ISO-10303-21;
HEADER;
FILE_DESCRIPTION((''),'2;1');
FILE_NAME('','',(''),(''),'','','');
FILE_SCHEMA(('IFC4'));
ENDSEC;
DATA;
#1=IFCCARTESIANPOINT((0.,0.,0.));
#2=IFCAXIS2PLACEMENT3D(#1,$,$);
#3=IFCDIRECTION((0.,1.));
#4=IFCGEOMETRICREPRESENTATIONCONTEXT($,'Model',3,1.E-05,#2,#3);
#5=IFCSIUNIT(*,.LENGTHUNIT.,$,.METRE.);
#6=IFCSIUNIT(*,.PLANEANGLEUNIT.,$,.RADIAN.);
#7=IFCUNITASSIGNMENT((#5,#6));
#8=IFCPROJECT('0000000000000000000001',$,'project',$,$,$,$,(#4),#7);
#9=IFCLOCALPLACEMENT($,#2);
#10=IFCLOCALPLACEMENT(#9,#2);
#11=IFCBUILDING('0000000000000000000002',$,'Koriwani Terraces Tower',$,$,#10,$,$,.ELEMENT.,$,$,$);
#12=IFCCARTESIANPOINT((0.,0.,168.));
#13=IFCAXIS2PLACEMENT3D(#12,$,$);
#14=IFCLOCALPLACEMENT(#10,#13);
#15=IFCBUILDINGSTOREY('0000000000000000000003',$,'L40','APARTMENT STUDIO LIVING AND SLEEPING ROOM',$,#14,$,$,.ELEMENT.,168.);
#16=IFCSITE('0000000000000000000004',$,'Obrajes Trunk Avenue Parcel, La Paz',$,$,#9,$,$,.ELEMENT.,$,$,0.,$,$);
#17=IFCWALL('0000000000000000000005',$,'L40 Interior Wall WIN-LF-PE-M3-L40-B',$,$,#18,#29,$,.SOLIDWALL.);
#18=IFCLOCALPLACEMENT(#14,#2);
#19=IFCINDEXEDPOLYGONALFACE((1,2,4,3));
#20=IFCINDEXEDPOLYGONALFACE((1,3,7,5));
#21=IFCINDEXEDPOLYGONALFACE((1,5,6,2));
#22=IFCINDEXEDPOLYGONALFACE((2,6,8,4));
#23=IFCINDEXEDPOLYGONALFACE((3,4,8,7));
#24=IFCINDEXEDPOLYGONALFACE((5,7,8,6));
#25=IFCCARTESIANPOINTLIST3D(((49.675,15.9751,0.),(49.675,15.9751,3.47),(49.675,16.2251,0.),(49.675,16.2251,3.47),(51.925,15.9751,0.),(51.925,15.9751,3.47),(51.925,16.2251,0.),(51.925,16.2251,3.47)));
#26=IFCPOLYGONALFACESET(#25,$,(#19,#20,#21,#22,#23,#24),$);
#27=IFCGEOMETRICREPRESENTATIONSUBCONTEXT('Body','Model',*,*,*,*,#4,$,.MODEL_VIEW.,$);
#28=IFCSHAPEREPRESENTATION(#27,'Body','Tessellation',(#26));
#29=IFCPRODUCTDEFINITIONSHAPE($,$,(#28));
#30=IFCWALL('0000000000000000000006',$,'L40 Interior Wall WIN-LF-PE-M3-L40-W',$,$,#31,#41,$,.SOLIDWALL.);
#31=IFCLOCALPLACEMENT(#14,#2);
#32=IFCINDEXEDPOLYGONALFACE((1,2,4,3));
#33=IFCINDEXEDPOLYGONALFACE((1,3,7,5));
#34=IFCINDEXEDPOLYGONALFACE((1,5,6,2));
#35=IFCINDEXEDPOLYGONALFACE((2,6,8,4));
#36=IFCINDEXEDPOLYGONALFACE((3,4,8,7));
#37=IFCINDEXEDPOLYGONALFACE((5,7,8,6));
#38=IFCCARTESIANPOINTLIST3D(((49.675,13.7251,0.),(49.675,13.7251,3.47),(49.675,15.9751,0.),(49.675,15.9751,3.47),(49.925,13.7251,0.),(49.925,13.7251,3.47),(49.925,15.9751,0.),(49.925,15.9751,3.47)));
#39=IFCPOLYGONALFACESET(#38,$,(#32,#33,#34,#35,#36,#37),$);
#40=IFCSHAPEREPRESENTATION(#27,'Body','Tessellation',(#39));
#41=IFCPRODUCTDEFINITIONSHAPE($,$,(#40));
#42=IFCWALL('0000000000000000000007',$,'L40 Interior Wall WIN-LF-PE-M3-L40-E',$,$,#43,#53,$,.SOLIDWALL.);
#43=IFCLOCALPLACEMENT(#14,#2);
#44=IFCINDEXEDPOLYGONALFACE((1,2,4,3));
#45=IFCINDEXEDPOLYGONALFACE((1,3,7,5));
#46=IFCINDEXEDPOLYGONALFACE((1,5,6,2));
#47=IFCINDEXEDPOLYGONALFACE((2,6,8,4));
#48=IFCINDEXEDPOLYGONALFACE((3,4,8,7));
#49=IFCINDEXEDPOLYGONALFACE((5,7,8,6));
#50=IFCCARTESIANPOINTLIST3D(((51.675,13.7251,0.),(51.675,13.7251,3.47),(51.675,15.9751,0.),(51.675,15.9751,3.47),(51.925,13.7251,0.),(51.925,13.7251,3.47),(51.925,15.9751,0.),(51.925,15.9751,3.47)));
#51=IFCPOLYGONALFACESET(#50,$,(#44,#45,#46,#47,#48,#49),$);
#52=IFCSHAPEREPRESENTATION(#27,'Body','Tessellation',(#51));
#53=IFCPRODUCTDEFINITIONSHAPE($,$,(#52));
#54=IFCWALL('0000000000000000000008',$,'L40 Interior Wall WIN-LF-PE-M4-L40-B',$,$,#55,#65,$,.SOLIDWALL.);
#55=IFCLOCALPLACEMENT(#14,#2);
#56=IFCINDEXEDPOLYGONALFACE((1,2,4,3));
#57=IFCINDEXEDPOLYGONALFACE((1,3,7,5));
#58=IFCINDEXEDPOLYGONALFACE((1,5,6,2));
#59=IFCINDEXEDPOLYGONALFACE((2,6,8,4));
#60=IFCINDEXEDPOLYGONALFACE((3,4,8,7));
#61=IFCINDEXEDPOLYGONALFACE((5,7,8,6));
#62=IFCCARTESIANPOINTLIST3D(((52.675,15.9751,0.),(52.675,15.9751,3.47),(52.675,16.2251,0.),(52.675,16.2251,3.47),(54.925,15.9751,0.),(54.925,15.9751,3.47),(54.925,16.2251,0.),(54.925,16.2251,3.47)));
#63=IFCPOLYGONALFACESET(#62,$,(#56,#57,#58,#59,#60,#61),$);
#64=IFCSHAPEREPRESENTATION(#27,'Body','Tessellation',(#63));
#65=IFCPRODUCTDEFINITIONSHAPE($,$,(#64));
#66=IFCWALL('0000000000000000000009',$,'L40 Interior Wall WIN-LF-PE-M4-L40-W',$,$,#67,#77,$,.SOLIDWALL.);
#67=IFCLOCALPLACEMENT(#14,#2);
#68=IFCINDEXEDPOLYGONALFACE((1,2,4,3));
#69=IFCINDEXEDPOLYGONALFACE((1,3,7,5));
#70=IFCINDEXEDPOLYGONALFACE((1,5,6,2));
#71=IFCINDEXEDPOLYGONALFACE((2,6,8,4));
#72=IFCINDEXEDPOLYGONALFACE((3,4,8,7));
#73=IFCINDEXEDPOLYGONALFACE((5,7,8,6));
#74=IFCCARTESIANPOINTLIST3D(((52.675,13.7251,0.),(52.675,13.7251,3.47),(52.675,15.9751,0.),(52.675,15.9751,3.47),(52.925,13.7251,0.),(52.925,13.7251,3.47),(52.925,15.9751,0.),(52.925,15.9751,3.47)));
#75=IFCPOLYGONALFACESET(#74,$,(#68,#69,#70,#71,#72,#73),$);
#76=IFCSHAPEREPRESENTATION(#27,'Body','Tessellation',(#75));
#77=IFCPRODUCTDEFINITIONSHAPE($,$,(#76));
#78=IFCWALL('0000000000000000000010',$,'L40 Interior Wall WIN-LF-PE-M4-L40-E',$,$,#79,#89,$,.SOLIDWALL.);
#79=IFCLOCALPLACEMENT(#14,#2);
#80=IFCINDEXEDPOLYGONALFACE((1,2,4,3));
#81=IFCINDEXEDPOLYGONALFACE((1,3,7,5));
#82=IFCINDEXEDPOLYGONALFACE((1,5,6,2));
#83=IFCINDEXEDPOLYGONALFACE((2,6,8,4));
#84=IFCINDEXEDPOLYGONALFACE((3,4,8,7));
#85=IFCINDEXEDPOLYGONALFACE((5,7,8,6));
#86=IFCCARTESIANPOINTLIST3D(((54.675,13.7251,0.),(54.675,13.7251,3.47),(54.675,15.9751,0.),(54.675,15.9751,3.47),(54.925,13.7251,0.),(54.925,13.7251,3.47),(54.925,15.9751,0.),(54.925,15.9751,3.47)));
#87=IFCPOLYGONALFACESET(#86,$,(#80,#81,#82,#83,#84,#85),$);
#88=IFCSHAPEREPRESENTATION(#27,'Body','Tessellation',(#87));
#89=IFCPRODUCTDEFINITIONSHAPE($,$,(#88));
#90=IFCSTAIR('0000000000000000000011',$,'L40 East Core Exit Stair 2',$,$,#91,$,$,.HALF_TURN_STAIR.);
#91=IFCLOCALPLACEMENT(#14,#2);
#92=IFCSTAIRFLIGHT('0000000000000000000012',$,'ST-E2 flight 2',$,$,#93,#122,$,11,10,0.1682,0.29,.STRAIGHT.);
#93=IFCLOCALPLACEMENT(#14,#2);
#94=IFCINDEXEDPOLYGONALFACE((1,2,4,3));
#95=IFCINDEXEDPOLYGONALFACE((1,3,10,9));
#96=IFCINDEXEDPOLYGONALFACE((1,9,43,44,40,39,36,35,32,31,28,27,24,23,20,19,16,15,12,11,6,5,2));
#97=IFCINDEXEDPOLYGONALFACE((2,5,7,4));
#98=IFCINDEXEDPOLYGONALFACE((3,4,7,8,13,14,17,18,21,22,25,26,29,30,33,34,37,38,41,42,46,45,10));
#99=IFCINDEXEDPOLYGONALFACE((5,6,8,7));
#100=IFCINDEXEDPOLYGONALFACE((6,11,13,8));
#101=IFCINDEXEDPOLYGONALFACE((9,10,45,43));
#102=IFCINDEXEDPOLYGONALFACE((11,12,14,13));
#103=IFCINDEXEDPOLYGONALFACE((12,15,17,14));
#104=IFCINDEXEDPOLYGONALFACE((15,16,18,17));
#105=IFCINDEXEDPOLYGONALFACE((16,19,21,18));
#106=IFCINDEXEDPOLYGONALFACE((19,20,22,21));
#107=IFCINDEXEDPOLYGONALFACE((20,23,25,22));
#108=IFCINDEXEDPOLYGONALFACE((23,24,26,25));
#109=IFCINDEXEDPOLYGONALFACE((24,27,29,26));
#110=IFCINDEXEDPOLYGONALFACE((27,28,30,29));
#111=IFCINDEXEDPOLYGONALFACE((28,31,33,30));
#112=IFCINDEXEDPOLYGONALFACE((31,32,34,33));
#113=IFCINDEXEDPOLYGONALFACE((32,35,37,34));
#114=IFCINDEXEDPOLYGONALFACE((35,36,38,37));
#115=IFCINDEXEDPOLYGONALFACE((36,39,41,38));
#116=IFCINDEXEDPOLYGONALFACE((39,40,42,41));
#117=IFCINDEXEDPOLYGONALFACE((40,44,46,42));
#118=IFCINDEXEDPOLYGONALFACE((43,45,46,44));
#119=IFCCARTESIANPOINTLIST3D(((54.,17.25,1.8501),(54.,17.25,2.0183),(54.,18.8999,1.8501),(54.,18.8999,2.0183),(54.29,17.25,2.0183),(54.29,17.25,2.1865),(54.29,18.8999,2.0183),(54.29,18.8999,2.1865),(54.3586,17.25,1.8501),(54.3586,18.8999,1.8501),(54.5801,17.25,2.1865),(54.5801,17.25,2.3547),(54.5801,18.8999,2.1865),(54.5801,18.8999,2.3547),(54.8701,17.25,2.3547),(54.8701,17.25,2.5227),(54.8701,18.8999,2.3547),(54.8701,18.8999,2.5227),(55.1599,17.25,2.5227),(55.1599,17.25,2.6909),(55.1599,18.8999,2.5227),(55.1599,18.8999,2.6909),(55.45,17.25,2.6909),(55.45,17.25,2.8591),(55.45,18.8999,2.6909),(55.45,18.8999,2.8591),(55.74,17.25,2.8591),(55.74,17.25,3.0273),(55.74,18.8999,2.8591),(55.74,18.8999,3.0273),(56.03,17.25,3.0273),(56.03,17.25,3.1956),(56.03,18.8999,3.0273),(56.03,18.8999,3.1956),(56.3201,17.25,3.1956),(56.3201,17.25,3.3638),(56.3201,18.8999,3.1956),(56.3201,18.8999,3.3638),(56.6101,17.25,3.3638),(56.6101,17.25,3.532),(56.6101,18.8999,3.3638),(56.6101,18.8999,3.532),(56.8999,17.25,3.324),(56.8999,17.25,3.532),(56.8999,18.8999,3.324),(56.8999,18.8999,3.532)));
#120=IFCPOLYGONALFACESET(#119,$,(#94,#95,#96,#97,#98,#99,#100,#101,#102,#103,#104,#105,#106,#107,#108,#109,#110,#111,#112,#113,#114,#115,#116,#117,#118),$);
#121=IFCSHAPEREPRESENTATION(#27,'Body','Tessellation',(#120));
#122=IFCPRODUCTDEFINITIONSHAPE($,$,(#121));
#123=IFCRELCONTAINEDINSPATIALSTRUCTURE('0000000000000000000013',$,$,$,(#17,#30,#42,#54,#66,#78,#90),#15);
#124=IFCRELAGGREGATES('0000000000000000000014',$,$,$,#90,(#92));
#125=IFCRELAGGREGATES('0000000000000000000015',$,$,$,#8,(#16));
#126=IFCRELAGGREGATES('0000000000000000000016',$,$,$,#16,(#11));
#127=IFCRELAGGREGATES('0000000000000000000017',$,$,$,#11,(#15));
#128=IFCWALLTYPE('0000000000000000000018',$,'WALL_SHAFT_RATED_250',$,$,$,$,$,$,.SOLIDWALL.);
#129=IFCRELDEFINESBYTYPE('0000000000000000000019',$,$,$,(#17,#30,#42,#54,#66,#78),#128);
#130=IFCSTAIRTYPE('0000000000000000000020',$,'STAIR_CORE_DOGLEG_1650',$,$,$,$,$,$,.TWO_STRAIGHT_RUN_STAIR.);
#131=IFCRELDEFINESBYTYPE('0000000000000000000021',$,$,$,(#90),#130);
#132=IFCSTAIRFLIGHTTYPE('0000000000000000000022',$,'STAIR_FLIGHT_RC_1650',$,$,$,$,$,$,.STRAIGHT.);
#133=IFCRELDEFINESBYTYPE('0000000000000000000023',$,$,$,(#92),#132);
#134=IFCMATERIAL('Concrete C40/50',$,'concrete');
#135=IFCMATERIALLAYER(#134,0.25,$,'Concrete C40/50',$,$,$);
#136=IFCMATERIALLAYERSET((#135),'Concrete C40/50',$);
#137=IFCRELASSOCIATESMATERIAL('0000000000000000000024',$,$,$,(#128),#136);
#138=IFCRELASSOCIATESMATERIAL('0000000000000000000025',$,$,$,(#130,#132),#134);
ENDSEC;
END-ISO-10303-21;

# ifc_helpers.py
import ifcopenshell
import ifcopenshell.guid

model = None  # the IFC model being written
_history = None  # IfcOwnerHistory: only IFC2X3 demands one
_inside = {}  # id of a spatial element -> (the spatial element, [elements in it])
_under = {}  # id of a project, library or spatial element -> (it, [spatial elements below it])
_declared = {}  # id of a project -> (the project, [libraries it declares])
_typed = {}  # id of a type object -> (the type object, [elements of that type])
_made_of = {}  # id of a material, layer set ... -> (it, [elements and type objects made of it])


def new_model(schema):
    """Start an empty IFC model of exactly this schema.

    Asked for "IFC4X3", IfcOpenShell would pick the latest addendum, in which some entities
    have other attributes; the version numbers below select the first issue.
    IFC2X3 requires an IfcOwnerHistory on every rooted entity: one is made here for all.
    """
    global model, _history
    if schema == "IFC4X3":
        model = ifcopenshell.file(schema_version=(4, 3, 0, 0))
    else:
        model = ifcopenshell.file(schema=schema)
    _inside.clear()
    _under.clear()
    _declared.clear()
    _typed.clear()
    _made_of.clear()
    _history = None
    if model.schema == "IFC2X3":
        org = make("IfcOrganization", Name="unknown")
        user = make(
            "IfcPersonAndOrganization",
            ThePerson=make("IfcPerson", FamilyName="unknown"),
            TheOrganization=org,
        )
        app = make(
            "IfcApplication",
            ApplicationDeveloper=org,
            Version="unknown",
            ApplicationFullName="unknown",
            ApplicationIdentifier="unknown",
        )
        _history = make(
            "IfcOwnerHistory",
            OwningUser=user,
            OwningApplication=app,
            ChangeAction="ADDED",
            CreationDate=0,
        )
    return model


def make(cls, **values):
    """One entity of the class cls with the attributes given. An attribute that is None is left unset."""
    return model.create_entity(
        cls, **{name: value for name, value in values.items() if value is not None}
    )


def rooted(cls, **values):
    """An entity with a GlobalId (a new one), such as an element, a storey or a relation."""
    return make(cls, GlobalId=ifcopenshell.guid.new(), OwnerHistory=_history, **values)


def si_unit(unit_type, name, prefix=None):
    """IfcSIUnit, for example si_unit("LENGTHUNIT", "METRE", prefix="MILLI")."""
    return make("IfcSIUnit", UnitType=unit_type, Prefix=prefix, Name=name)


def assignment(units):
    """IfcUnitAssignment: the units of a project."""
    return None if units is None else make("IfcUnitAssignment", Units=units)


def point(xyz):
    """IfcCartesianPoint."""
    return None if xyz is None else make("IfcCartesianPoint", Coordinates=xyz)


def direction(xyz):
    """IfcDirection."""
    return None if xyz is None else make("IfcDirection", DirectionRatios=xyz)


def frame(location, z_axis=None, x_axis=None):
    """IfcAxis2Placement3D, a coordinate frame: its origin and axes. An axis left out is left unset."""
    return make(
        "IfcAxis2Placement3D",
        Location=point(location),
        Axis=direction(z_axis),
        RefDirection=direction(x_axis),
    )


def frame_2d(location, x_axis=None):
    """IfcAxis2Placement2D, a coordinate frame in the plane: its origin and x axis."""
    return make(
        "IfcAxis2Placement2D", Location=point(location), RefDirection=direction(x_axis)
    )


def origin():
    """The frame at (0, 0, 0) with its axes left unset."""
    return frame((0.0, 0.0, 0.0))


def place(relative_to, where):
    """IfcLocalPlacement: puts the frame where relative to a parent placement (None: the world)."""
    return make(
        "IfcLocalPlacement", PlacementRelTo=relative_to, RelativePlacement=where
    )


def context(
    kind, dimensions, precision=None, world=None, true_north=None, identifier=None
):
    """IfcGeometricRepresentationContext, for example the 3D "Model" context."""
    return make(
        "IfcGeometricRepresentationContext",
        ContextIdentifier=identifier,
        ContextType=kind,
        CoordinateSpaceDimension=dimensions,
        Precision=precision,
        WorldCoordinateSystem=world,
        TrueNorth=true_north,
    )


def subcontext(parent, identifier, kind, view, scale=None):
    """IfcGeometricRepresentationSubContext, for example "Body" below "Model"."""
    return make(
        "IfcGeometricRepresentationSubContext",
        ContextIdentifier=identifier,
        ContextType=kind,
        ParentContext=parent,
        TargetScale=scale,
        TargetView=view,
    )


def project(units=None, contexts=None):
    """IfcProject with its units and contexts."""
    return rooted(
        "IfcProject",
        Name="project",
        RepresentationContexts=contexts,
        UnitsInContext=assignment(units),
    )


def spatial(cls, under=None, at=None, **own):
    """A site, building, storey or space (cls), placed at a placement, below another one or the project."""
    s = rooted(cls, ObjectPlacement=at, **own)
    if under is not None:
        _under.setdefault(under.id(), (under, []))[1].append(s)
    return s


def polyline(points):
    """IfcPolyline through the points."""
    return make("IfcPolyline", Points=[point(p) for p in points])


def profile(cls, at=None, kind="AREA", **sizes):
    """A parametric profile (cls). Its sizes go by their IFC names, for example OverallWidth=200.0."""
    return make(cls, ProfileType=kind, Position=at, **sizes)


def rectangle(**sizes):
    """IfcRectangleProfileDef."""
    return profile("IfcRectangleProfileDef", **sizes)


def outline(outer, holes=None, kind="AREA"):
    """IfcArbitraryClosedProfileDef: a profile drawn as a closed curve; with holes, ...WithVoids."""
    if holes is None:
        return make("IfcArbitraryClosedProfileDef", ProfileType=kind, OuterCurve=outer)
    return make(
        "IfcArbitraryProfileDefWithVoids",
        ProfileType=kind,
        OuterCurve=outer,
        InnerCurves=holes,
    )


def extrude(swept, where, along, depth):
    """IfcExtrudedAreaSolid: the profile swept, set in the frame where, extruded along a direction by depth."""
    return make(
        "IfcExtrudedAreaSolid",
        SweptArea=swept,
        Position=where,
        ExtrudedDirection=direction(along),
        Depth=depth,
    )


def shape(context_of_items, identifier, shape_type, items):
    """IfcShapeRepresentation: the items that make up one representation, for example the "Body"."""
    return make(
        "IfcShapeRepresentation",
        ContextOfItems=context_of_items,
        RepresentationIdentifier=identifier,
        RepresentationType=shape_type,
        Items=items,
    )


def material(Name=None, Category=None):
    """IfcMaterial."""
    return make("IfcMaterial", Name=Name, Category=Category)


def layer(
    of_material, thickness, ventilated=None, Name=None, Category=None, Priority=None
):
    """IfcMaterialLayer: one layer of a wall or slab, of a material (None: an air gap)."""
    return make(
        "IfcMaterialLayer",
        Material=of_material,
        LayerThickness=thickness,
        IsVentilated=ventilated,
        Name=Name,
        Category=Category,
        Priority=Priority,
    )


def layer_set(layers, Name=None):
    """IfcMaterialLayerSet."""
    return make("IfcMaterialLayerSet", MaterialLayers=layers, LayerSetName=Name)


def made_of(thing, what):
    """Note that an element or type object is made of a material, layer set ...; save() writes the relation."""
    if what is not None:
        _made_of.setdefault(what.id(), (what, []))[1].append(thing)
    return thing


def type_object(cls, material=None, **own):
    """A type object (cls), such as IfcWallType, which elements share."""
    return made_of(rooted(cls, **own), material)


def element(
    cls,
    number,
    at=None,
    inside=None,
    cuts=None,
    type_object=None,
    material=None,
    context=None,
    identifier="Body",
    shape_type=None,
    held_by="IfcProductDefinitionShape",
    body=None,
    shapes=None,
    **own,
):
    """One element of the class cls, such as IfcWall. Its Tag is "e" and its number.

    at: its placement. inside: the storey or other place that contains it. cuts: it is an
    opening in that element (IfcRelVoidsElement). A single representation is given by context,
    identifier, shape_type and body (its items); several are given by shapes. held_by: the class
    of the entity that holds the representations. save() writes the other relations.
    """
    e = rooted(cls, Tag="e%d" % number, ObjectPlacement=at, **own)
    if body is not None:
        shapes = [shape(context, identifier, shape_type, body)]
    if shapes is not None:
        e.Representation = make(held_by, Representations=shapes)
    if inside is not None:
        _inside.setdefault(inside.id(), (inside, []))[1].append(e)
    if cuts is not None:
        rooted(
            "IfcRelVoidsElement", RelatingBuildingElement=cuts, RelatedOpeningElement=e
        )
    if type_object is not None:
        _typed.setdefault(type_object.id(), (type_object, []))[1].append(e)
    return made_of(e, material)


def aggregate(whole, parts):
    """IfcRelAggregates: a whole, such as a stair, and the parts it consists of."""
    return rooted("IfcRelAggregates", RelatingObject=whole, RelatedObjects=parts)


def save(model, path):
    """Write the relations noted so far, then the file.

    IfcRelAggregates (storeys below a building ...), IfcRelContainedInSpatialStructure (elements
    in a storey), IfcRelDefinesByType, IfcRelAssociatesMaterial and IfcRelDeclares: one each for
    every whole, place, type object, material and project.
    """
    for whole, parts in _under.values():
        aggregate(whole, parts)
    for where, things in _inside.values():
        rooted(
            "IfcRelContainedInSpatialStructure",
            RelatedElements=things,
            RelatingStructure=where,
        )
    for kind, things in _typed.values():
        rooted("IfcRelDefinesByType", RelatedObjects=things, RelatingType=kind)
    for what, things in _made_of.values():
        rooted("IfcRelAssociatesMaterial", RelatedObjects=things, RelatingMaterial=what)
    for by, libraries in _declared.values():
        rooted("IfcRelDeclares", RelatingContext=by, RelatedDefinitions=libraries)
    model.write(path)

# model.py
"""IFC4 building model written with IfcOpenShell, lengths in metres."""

from ifc_helpers import new_model, si_unit, direction, frame, frame_2d, origin, place, context, subcontext, project, spatial, polyline, rectangle, outline, extrude, material, layer, layer_set, type_object, element, aggregate, save


model = new_model("IFC4")

# Units and contexts
model_context = context("Model", 3, precision=1e-05, world=origin(), true_north=direction((0.0, 1.0)))
body_context = subcontext(model_context, "Body", "Model", "MODEL_VIEW")
ifc_project = project(units=[si_unit("LENGTHUNIT", "METRE"), si_unit("PLANEANGLEUNIT", "RADIAN")], contexts=[model_context])

# Site, building, storey
site_placement = place(None, origin())
site = spatial("IfcSite", under=ifc_project, at=site_placement, Name="Obrajes Trunk Avenue Parcel, La Paz", CompositionType="ELEMENT", RefElevation=0.0)
building_placement = place(site_placement, origin())
building = spatial("IfcBuilding", under=site, at=building_placement, Name="Koriwani Terraces Tower", CompositionType="ELEMENT")
storey_placement = place(building_placement, frame((0.0, 0.0, 168.0)))
storey = spatial("IfcBuildingStorey", under=building, at=storey_placement, Name="L40", Description="APARTMENT STUDIO LIVING AND SLEEPING ROOM", CompositionType="ELEMENT", Elevation=168.0)

# Shared definitions
ifc_material_1 = material(Name="Concrete C40/50", Category="concrete")

# Shared definitions
ifc_layer_1 = layer(ifc_material_1, 0.25, Name="Concrete C40/50")
ifc_layer_set_1 = layer_set([ifc_layer_1], Name="Concrete C40/50")
wall_type_1 = type_object("IfcWallType", Name="WALL_SHAFT_RATED_250", PredefinedType="SOLIDWALL", material=ifc_layer_set_1)

# Walls
for number, where, z_axis, x_axis, name in (
    (1, (49.675, 16.1001, 0.0), (0.0, 0.0, 1.0), (1.0, 0.0, 0.0), "L40 Interior Wall WIN-LF-PE-M3-L40-B"),
    (2, (49.8, 13.7251, 0.0), (0.0, 0.0, 1.0), (0.0, 1.0, 0.0), "L40 Interior Wall WIN-LF-PE-M3-L40-W"),
    (3, (51.8, 13.7251, 0.0), (0.0, 0.0, 1.0), (0.0, 1.0, 0.0), "L40 Interior Wall WIN-LF-PE-M3-L40-E"),
):
    element("IfcWall", number, at=place(storey_placement, frame(where, z_axis=z_axis, x_axis=x_axis)), inside=storey, type_object=wall_type_1, Name=name, PredefinedType="SOLIDWALL", context=body_context, shape_type="SweptSolid", body=[
        extrude(rectangle(XDim=2.25, YDim=0.25, at=frame_2d((1.125, 0.0))), origin(), (0.0, 0.0, 1.0), 3.47),
    ])

# Walls
for number, where, z_axis, x_axis, name in (
    (4, (52.675, 16.1001, 0.0), (0.0, 0.0, 1.0), (1.0, 0.0, 0.0), "L40 Interior Wall WIN-LF-PE-M4-L40-B"),
    (5, (52.8, 13.7251, 0.0), (0.0, 0.0, 1.0), (0.0, 1.0, 0.0), "L40 Interior Wall WIN-LF-PE-M4-L40-W"),
    (6, (54.8, 13.7251, 0.0), (0.0, 0.0, 1.0), (0.0, 1.0, 0.0), "L40 Interior Wall WIN-LF-PE-M4-L40-E"),
):
    element("IfcWall", number, at=place(storey_placement, frame(where, z_axis=z_axis, x_axis=x_axis)), inside=storey, type_object=wall_type_1, Name=name, PredefinedType="SOLIDWALL", context=body_context, shape_type="SweptSolid", body=[
        extrude(rectangle(XDim=2.25, YDim=0.25, at=frame_2d((1.125, 0.0))), origin(), (0.0, 0.0, 1.0), 3.47),
    ])

# Stair, stair flight
stair_type = type_object("IfcStairType", Name="STAIR_CORE_DOGLEG_1650", PredefinedType="TWO_STRAIGHT_RUN_STAIR", material=ifc_material_1)
stair_placement = place(storey_placement, origin())
stair = element("IfcStair", 7, at=stair_placement, inside=storey, type_object=stair_type, Name="L40 East Core Exit Stair 2", PredefinedType="HALF_TURN_STAIR")
stair_flight_type = type_object("IfcStairFlightType", Name="STAIR_FLIGHT_RC_1650", PredefinedType="STRAIGHT", material=ifc_material_1)
stair_flight_placement = place(storey_placement, frame((54.0, 18.075, 1.8501), z_axis=(0.0, 0.0, 1.0), x_axis=(1.0, 0.0, 0.0)))
stair_flight = element("IfcStairFlight", 8, at=stair_flight_placement, type_object=stair_flight_type, Name="ST-E2 flight 2", NumberOfRisers=11, NumberOfTreads=10, PredefinedType="STRAIGHT", RiserHeight=0.1682, TreadLength=0.29, context=body_context, shape_type="SweptSolid", body=[
    extrude(outline(polyline([(0.0, 0.0), (0.0, 0.1682), (0.29, 0.1682), (0.29, 0.3364), (0.5801, 0.3364), (0.5801, 0.5046), (0.8701, 0.5046), (0.8701, 0.6726), (1.1599, 0.6726), (1.1599, 0.8408), (1.45, 0.8408), (1.45, 1.009), (1.74, 1.009), (1.74, 1.1772), (2.03, 1.1772), (2.03, 1.3455), (2.3201, 1.3455), (2.3201, 1.5137), (2.6101, 1.5137), (2.6101, 1.6819), (2.8999, 1.6819), (2.8999, 1.8501), (2.8999, 1.4739), (0.3586, 0.0), (0.0, 0.0)])), frame((0.0, 0.825, 0.0), z_axis=(0.0, -1.0, 0.0), x_axis=(1.0, 0.0, 0.0)), (0.0, 0.0, 1.0), 1.6499),
])
aggregate(stair, [stair_flight])

save(model, "model.ifc")
